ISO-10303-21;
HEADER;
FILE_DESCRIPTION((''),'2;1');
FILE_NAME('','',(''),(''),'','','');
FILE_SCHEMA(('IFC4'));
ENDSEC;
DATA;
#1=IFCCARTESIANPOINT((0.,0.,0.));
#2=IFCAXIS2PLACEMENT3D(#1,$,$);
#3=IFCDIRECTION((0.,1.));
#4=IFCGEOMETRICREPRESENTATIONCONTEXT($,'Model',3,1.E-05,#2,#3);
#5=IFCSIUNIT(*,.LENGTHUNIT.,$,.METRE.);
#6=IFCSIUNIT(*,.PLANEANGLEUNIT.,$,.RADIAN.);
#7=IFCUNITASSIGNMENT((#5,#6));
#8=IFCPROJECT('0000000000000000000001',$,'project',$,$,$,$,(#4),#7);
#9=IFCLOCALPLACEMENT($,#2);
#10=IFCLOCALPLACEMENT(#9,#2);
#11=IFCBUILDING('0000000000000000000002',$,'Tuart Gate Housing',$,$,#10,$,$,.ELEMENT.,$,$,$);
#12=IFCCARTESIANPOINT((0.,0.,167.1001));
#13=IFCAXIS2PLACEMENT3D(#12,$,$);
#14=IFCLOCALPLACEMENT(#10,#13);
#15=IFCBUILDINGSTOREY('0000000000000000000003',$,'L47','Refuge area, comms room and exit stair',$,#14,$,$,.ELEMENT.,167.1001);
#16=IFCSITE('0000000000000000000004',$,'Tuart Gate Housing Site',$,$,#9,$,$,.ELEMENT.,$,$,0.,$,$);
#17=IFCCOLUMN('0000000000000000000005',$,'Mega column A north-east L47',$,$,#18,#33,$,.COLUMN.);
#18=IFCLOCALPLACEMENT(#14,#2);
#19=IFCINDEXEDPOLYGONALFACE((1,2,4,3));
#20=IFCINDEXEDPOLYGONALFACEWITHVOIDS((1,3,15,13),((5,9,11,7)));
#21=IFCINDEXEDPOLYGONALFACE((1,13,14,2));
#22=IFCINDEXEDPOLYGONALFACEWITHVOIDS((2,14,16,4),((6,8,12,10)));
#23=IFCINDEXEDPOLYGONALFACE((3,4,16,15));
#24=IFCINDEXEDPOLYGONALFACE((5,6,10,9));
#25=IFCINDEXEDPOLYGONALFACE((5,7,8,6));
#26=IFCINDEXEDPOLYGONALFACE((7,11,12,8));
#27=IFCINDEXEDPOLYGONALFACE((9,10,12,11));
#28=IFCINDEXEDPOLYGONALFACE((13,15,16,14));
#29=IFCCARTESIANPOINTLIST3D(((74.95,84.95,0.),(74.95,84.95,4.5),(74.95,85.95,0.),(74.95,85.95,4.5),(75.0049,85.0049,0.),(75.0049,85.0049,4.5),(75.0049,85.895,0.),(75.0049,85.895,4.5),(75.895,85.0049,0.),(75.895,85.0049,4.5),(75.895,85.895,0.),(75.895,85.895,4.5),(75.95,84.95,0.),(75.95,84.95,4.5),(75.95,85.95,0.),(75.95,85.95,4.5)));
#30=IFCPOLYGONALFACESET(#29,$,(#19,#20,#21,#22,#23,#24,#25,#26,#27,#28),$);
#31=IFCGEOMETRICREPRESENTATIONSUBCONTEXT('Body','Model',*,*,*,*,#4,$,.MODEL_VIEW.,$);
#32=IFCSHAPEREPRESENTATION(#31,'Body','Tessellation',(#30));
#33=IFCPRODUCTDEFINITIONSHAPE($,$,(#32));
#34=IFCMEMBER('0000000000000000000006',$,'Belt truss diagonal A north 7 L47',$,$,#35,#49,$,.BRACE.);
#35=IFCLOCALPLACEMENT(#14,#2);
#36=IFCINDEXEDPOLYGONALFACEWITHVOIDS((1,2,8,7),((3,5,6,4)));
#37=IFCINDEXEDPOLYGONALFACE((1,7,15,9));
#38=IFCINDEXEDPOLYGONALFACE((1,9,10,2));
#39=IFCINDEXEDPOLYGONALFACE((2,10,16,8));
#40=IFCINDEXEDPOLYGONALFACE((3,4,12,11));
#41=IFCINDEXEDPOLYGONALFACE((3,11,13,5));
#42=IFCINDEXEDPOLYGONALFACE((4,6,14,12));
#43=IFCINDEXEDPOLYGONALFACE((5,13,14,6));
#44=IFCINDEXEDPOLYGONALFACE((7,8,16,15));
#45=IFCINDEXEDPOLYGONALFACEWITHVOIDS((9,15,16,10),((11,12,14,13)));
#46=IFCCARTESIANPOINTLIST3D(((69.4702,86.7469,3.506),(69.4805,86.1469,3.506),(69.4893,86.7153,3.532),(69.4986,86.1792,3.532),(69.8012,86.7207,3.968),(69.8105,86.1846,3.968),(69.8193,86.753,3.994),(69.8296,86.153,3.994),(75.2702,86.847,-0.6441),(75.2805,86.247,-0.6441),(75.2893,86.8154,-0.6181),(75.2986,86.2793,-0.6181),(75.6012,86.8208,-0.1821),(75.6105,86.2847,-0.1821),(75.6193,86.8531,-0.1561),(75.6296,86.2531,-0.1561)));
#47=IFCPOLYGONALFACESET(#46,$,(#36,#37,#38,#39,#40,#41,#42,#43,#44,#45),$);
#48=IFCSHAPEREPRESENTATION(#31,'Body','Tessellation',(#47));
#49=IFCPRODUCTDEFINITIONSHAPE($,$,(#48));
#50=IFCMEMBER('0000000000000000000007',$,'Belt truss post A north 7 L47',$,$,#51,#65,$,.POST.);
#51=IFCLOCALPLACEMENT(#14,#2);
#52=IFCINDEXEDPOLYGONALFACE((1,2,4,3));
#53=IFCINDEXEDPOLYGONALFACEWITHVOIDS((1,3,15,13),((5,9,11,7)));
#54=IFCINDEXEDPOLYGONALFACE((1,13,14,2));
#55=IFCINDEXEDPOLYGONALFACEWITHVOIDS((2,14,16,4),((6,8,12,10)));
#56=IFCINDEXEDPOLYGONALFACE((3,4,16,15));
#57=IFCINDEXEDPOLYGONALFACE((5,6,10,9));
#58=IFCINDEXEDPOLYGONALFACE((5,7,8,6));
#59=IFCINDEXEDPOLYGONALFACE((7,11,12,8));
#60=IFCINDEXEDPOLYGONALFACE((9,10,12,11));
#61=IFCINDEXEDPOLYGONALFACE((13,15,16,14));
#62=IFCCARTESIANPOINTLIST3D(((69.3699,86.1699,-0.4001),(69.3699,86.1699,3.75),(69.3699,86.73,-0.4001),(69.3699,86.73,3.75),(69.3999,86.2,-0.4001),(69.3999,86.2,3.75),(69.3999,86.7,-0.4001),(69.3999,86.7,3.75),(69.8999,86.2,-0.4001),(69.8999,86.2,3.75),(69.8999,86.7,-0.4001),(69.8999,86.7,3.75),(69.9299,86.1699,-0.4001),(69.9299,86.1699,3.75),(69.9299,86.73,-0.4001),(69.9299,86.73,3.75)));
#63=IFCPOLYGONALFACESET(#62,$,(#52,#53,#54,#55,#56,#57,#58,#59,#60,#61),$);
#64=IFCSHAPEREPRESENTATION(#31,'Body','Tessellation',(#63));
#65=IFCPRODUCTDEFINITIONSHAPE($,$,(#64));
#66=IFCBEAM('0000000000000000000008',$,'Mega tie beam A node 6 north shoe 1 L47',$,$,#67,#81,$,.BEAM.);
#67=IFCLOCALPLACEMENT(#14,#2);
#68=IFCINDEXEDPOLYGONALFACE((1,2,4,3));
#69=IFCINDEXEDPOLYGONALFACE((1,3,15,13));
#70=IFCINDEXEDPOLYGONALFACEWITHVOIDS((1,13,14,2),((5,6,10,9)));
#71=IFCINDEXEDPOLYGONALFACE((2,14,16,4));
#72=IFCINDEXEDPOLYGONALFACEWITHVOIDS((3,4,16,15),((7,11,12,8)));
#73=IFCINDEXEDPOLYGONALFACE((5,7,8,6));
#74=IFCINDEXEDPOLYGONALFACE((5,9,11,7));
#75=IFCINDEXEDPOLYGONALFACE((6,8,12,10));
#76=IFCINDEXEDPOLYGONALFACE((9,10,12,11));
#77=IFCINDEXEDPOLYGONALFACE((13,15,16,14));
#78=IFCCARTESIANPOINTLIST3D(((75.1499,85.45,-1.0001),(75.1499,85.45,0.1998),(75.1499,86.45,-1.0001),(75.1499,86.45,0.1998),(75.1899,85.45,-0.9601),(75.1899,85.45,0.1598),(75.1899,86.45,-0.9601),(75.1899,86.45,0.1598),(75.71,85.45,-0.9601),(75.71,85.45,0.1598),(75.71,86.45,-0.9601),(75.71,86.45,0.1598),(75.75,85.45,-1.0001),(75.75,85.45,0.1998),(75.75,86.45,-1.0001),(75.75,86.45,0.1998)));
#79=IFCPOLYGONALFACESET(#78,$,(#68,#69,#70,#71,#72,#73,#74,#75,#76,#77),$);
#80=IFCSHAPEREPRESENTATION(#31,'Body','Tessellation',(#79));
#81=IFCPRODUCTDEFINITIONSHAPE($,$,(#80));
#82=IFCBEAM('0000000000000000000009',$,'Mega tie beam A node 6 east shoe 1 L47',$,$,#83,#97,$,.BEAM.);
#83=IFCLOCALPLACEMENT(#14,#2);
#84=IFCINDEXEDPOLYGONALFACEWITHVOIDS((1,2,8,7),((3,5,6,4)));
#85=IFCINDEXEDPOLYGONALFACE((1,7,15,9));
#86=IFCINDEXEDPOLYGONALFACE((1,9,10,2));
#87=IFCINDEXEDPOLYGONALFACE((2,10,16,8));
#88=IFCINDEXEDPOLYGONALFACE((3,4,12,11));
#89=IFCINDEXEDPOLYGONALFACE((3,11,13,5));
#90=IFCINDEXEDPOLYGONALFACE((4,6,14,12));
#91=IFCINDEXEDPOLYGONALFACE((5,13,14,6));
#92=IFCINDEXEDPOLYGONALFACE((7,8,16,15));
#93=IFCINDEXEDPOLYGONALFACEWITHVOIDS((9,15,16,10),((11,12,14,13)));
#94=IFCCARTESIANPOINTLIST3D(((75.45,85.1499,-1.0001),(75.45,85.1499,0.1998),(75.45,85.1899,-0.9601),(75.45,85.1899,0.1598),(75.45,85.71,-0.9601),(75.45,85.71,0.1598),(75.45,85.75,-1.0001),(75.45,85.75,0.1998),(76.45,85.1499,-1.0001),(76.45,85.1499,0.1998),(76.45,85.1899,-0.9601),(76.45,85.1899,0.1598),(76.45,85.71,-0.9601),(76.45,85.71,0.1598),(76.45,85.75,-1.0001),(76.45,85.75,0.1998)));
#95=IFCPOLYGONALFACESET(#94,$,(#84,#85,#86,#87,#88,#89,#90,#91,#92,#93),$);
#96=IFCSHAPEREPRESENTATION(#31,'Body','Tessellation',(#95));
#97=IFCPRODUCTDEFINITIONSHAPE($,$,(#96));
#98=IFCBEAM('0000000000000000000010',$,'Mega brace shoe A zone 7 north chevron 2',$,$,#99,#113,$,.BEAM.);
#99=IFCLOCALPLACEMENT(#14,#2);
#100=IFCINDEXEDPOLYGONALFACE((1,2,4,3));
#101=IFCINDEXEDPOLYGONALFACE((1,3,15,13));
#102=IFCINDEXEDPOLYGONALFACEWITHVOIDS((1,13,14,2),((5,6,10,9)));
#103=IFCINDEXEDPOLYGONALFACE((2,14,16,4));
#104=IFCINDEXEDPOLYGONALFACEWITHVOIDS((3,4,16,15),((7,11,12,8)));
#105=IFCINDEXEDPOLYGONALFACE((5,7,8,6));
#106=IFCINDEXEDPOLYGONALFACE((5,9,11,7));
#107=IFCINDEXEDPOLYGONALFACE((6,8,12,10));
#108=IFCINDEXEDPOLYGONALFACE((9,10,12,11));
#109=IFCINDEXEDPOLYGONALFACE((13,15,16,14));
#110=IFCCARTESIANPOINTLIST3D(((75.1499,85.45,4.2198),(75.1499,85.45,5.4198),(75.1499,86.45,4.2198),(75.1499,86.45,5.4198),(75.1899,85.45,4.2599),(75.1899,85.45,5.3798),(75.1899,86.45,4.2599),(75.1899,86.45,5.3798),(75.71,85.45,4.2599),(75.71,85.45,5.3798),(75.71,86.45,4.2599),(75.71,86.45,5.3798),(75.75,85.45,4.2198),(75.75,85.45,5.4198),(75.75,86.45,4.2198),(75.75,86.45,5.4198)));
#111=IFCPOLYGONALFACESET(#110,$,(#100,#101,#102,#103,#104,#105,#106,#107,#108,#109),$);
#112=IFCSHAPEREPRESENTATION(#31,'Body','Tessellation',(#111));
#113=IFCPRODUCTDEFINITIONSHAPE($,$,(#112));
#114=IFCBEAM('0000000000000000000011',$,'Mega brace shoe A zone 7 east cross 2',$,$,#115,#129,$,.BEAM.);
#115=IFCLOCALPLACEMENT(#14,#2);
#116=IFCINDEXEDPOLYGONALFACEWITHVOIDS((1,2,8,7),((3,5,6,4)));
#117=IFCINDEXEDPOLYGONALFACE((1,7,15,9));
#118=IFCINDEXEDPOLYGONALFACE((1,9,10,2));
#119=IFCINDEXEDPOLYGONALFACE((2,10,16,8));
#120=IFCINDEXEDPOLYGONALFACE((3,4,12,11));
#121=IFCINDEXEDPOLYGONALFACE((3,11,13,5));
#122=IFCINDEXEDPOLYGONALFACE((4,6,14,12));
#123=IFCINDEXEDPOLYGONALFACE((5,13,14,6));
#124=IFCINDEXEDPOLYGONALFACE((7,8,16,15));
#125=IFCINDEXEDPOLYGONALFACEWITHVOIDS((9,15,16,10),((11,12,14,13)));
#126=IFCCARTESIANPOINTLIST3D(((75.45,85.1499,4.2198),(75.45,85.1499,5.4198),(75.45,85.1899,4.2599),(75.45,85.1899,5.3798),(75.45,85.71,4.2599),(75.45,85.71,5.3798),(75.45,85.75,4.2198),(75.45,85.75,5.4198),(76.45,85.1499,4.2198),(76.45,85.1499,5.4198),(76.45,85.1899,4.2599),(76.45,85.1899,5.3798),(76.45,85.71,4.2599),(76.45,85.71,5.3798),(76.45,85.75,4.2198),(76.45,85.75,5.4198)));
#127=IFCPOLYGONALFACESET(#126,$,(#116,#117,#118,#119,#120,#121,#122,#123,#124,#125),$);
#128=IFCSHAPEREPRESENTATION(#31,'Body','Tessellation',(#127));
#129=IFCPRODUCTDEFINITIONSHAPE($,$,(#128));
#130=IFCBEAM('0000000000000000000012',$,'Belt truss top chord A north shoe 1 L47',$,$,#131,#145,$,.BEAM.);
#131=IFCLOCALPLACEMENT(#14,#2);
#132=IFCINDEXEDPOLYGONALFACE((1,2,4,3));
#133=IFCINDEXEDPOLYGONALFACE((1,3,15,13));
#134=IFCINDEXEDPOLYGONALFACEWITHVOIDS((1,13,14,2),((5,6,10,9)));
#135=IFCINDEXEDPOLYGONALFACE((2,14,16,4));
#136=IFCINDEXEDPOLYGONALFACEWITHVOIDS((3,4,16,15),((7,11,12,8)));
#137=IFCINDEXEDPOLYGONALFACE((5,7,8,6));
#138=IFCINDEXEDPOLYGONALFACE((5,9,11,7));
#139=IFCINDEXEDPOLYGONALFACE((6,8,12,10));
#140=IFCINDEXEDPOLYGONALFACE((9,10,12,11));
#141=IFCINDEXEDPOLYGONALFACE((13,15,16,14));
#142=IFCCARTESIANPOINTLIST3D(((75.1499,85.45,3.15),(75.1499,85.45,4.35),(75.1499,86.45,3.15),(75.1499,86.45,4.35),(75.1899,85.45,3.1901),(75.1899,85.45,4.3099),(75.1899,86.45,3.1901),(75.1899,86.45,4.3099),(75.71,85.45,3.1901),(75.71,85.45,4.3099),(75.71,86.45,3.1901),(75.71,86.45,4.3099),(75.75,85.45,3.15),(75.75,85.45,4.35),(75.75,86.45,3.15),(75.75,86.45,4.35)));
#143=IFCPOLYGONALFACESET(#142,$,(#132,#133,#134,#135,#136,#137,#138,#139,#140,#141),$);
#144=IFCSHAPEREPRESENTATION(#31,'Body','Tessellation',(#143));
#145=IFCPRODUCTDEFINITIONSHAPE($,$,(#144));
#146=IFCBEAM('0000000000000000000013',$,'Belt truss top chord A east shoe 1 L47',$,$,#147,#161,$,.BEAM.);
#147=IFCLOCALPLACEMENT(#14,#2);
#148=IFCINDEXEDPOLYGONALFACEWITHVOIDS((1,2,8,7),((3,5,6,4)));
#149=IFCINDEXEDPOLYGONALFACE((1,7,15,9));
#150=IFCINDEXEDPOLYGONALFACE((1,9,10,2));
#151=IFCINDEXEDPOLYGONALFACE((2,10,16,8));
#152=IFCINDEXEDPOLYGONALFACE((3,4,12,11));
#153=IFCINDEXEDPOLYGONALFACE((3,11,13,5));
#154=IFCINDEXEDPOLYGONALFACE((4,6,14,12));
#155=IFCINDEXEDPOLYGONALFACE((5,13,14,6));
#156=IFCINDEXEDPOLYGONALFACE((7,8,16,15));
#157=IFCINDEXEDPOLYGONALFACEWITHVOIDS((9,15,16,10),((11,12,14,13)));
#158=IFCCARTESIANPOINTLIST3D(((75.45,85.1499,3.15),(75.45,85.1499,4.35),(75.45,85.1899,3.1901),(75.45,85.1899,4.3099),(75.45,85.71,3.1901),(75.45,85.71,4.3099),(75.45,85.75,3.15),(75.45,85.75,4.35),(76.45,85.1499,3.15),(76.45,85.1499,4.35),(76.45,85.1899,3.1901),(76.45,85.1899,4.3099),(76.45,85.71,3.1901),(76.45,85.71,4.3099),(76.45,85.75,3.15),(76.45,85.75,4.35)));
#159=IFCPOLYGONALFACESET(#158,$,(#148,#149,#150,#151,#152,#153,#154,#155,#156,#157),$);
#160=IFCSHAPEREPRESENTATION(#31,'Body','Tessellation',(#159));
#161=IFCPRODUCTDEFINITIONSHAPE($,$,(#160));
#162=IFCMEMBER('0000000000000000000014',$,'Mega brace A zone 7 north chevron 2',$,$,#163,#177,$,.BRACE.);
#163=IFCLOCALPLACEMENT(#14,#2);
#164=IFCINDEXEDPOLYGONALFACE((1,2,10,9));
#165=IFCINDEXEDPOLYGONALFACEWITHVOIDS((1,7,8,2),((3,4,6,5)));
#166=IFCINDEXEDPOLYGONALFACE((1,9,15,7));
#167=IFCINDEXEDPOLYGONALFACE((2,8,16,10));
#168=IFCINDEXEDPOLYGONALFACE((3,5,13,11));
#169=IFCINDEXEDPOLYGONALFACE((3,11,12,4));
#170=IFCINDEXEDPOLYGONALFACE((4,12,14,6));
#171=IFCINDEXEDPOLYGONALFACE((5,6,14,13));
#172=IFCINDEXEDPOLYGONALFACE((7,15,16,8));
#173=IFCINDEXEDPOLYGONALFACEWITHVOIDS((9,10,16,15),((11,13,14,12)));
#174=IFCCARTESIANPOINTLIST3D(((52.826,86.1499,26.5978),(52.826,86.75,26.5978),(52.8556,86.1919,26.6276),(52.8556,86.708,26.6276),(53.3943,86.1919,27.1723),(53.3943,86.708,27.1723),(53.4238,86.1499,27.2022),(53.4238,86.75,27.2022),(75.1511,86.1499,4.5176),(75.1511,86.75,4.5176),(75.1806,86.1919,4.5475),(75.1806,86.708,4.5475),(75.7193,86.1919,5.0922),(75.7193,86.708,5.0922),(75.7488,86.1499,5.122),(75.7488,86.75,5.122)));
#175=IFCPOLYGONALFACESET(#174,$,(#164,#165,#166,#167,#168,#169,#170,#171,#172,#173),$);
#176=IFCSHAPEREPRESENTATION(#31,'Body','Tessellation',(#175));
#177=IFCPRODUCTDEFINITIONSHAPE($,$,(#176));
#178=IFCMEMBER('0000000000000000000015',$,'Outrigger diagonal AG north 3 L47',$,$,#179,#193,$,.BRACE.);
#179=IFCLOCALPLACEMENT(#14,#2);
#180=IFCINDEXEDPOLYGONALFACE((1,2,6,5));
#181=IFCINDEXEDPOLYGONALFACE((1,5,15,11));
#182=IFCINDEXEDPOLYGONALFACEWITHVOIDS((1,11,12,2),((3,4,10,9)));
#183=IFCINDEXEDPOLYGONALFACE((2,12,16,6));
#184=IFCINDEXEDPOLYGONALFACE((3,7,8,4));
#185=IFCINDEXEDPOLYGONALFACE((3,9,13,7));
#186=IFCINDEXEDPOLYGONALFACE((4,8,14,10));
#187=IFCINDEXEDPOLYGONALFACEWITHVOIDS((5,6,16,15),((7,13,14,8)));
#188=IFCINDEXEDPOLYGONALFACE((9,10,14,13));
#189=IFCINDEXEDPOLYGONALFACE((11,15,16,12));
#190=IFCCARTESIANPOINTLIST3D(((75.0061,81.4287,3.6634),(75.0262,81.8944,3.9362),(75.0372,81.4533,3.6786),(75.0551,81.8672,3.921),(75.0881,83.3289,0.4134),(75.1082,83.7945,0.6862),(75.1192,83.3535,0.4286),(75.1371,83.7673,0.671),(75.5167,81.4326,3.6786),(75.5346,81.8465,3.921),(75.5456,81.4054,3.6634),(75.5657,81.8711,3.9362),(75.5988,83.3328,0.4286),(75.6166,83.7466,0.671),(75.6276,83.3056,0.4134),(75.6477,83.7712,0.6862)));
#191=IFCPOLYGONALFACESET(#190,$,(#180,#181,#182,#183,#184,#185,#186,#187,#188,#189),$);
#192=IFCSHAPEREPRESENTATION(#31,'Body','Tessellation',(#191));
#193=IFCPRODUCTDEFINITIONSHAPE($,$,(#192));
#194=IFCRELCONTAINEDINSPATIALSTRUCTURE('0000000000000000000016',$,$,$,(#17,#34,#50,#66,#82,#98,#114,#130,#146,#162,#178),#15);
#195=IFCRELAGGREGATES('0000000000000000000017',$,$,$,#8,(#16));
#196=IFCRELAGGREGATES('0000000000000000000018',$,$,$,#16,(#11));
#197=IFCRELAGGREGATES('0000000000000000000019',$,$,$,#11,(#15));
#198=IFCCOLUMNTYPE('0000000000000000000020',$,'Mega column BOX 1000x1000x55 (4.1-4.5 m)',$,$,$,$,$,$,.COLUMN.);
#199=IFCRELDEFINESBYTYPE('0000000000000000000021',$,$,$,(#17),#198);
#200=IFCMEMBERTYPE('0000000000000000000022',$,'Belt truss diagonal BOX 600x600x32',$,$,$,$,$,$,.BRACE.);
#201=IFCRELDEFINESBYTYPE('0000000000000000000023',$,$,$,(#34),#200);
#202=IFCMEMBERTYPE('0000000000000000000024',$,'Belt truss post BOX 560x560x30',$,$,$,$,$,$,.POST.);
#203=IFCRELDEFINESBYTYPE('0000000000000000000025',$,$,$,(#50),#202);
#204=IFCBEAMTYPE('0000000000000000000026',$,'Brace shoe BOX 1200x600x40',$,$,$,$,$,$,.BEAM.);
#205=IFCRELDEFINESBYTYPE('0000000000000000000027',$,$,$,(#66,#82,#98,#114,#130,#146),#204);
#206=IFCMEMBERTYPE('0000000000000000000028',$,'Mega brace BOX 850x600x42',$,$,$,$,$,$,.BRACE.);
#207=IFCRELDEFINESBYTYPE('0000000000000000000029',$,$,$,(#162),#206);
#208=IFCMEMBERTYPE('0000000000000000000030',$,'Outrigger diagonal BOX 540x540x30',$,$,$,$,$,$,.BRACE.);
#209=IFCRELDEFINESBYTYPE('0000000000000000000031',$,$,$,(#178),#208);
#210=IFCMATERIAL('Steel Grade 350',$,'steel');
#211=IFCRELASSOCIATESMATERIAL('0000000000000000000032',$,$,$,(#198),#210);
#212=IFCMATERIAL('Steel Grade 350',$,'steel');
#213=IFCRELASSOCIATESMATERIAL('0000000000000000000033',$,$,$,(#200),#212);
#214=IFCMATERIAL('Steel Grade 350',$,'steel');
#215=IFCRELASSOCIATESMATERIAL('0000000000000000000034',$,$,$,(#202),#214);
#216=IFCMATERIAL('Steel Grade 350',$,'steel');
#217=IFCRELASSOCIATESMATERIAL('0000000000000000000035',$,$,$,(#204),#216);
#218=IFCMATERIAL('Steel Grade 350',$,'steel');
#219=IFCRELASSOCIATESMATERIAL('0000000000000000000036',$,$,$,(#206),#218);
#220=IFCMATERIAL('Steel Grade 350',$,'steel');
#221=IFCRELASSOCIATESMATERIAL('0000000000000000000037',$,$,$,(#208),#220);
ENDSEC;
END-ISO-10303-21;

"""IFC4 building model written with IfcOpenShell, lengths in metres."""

from ifc_helpers import new_model, si_unit, direction, frame, origin, origin_2d, place, context, subcontext, project, spatial, hollow_rectangle, extrude, material, material_profile, profile_set, type_object, element, save


model = new_model("IFC4")

# Units and contexts
model_context = context("Model", 3, precision=1e-05, world=origin(), true_north=direction((0.0, 1.0)))
body_context = subcontext(model_context, "Body", "Model", "MODEL_VIEW")
ifc_project = project(units=[si_unit("LENGTHUNIT", "METRE"), si_unit("PLANEANGLEUNIT", "RADIAN")], contexts=[model_context])

# Site, building, storey
site_placement = place(None, origin())
site = spatial("IfcSite", under=ifc_project, at=site_placement, Name="Tuart Gate Housing Site", CompositionType="ELEMENT", RefElevation=0.0)
building_placement = place(site_placement, origin())
building = spatial("IfcBuilding", under=site, at=building_placement, Name="Tuart Gate Housing", CompositionType="ELEMENT")
storey_placement = place(building_placement, frame((0.0, 0.0, 167.1001)))
storey = spatial("IfcBuildingStorey", under=building, at=storey_placement, Name="L47", Description="Refuge area, comms room and exit stair", CompositionType="ELEMENT", Elevation=167.1001)

# Column
ifc_material_1 = material(Name="Steel Grade 350", Category="steel")
ifc_material_profile_1 = material_profile(ifc_material_1, hollow_rectangle(XDim=1.0, YDim=1.0, WallThickness=0.0549, at=origin_2d()), Name="BOX 1000x1000x55")
ifc_profile_set_1 = profile_set([ifc_material_profile_1], Name="Steel Grade 350")
column_type = type_object("IfcColumnType", Name="Mega column BOX 1000x1000x55 (4.1-4.5 m)", PredefinedType="COLUMN", material=ifc_profile_set_1)
column_placement = place(storey_placement, frame((75.45, 85.45, 0.0), z_axis=(0.0, 0.0, 1.0), x_axis=(1.0, 0.0, 0.0)))
element("IfcColumn", 1, at=column_placement, inside=storey, type_object=column_type, Name="Mega column A north-east L47", PredefinedType="COLUMN", context=body_context, shape_type="SweptSolid", body=[
    extrude(hollow_rectangle(XDim=1.0, YDim=1.0, WallThickness=0.0549, at=origin_2d()), origin(), (0.0, 0.0, 1.0), 4.5),
])

# Members
ifc_material_2 = material(Name="Steel Grade 350", Category="steel")
ifc_material_profile_2 = material_profile(ifc_material_2, hollow_rectangle(XDim=0.6001, YDim=0.6001, WallThickness=0.032, at=origin_2d()), Name="BOX 600x600x32")
ifc_profile_set_2 = profile_set([ifc_material_profile_2], Name="Steel Grade 350")
member_type_1 = type_object("IfcMemberType", Name="Belt truss diagonal BOX 600x600x32", PredefinedType="BRACE", material=ifc_profile_set_2)
member_1_placement = place(storey_placement, frame((69.6499, 86.45, 3.75), z_axis=(0.813172, 0.014034, -0.581854), x_axis=(-0.017256, 0.999851, 0.0)))
element("IfcMember", 2, at=member_1_placement, inside=storey, type_object=member_type_1, Name="Belt truss diagonal A north 7 L47", PredefinedType="BRACE", context=body_context, shape_type="SweptSolid", body=[
    extrude(hollow_rectangle(XDim=0.6001, YDim=0.6001, WallThickness=0.032, at=origin_2d()), origin(), (0.0, 0.0, 1.0), 7.1326),
])
ifc_material_3 = material(Name="Steel Grade 350", Category="steel")
ifc_material_profile_3 = material_profile(ifc_material_3, hollow_rectangle(XDim=0.5601, YDim=0.5601, WallThickness=0.03, at=origin_2d()), Name="BOX 560x560x30")
ifc_profile_set_3 = profile_set([ifc_material_profile_3], Name="Steel Grade 350")
member_type_2 = type_object("IfcMemberType", Name="Belt truss post BOX 560x560x30", PredefinedType="POST", material=ifc_profile_set_3)
member_2_placement = place(storey_placement, frame((69.6499, 86.45, -0.4001), z_axis=(0.0, 0.0, 1.0), x_axis=(1.0, 0.0, 0.0)))
element("IfcMember", 3, at=member_2_placement, inside=storey, type_object=member_type_2, Name="Belt truss post A north 7 L47", PredefinedType="POST", context=body_context, shape_type="SweptSolid", body=[
    extrude(hollow_rectangle(XDim=0.5601, YDim=0.5601, WallThickness=0.03, at=origin_2d()), origin(), (0.0, 0.0, 1.0), 4.1501),
])

# Beams
ifc_material_4 = material(Name="Steel Grade 350", Category="steel")
ifc_material_profile_4 = material_profile(ifc_material_4, hollow_rectangle(XDim=0.6001, YDim=1.2, WallThickness=0.04, at=origin_2d()), Name="BOX 1200x600x40")
ifc_profile_set_4 = profile_set([ifc_material_profile_4], Name="Steel Grade 350")
beam_type = type_object("IfcBeamType", Name="Brace shoe BOX 1200x600x40", PredefinedType="BEAM", material=ifc_profile_set_4)
for number, where, z_axis, x_axis, name in (
    (4, (75.45, 85.45, -0.4001), (0.0, 1.0, 0.0), (-1.0, 0.0, 0.0), "Mega tie beam A node 6 north shoe 1 L47"),
    (5, (75.45, 85.45, -0.4001), (1.0, 0.0, 0.0), (0.0, 1.0, 0.0), "Mega tie beam A node 6 east shoe 1 L47"),
    (6, (75.45, 85.45, 4.8198), (0.0, 1.0, 0.0), (-1.0, 0.0, 0.0), "Mega brace shoe A zone 7 north chevron 2"),
    (7, (75.45, 85.45, 4.8198), (1.0, 0.0, 0.0), (0.0, 1.0, 0.0), "Mega brace shoe A zone 7 east cross 2"),
    (8, (75.45, 85.45, 3.75), (0.0, 1.0, 0.0), (-1.0, 0.0, 0.0), "Belt truss top chord A north shoe 1 L47"),
    (9, (75.45, 85.45, 3.75), (1.0, 0.0, 0.0), (0.0, 1.0, 0.0), "Belt truss top chord A east shoe 1 L47"),
):
    element("IfcBeam", number, at=place(storey_placement, frame(where, z_axis=z_axis, x_axis=x_axis)), inside=storey, type_object=beam_type, Name=name, PredefinedType="BEAM", context=body_context, shape_type="SweptSolid", body=[
        extrude(hollow_rectangle(XDim=0.6001, YDim=1.2, WallThickness=0.04, at=origin_2d()), origin(), (0.0, 0.0, 1.0), 1.0),
    ])

# Members
ifc_material_5 = material(Name="Steel Grade 350", Category="steel")
ifc_material_profile_5 = material_profile(ifc_material_5, hollow_rectangle(XDim=0.6001, YDim=0.8501, WallThickness=0.042, at=origin_2d()), Name="BOX 850x600x42")
ifc_profile_set_5 = profile_set([ifc_material_profile_5], Name="Steel Grade 350")
member_type_3 = type_object("IfcMemberType", Name="Mega brace BOX 850x600x42", PredefinedType="BRACE", material=ifc_profile_set_5)
member_3_placement = place(storey_placement, frame((75.45, 86.45, 4.8198), z_axis=(-0.710995, 0.0, 0.703197), x_axis=(0.0, -1.0, 0.0)))
element("IfcMember", 10, at=member_3_placement, inside=storey, type_object=member_type_3, Name="Mega brace A zone 7 north chevron 2", PredefinedType="BRACE", context=body_context, shape_type="SweptSolid", body=[
    extrude(hollow_rectangle(XDim=0.6001, YDim=0.8501, WallThickness=0.042, at=origin_2d()), origin(), (0.0, 0.0, 1.0), 31.3997),
])
ifc_material_6 = material(Name="Steel Grade 350", Category="steel")
ifc_material_profile_6 = material_profile(ifc_material_6, hollow_rectangle(XDim=0.54, YDim=0.54, WallThickness=0.03, at=origin_2d()), Name="BOX 540x540x30")
ifc_profile_set_6 = profile_set([ifc_material_profile_6], Name="Steel Grade 350")
member_type_4 = type_object("IfcMemberType", Name="Outrigger diagonal BOX 540x540x30", PredefinedType="BRACE", material=ifc_profile_set_6)
member_4_placement = place(storey_placement, frame((75.2859, 81.6499, 3.7998), z_axis=(0.021784, 0.504606, -0.863075), x_axis=(-0.999069, 0.043131, 0.0)))
element("IfcMember", 11, at=member_4_placement, inside=storey, type_object=member_type_4, Name="Outrigger diagonal AG north 3 L47", PredefinedType="BRACE", context=body_context, shape_type="SweptSolid", body=[
    extrude(hollow_rectangle(XDim=0.54, YDim=0.54, WallThickness=0.03, at=origin_2d()), origin(), (0.0, 0.0, 1.0), 3.7656),
])

save(model, "model.ifc")
